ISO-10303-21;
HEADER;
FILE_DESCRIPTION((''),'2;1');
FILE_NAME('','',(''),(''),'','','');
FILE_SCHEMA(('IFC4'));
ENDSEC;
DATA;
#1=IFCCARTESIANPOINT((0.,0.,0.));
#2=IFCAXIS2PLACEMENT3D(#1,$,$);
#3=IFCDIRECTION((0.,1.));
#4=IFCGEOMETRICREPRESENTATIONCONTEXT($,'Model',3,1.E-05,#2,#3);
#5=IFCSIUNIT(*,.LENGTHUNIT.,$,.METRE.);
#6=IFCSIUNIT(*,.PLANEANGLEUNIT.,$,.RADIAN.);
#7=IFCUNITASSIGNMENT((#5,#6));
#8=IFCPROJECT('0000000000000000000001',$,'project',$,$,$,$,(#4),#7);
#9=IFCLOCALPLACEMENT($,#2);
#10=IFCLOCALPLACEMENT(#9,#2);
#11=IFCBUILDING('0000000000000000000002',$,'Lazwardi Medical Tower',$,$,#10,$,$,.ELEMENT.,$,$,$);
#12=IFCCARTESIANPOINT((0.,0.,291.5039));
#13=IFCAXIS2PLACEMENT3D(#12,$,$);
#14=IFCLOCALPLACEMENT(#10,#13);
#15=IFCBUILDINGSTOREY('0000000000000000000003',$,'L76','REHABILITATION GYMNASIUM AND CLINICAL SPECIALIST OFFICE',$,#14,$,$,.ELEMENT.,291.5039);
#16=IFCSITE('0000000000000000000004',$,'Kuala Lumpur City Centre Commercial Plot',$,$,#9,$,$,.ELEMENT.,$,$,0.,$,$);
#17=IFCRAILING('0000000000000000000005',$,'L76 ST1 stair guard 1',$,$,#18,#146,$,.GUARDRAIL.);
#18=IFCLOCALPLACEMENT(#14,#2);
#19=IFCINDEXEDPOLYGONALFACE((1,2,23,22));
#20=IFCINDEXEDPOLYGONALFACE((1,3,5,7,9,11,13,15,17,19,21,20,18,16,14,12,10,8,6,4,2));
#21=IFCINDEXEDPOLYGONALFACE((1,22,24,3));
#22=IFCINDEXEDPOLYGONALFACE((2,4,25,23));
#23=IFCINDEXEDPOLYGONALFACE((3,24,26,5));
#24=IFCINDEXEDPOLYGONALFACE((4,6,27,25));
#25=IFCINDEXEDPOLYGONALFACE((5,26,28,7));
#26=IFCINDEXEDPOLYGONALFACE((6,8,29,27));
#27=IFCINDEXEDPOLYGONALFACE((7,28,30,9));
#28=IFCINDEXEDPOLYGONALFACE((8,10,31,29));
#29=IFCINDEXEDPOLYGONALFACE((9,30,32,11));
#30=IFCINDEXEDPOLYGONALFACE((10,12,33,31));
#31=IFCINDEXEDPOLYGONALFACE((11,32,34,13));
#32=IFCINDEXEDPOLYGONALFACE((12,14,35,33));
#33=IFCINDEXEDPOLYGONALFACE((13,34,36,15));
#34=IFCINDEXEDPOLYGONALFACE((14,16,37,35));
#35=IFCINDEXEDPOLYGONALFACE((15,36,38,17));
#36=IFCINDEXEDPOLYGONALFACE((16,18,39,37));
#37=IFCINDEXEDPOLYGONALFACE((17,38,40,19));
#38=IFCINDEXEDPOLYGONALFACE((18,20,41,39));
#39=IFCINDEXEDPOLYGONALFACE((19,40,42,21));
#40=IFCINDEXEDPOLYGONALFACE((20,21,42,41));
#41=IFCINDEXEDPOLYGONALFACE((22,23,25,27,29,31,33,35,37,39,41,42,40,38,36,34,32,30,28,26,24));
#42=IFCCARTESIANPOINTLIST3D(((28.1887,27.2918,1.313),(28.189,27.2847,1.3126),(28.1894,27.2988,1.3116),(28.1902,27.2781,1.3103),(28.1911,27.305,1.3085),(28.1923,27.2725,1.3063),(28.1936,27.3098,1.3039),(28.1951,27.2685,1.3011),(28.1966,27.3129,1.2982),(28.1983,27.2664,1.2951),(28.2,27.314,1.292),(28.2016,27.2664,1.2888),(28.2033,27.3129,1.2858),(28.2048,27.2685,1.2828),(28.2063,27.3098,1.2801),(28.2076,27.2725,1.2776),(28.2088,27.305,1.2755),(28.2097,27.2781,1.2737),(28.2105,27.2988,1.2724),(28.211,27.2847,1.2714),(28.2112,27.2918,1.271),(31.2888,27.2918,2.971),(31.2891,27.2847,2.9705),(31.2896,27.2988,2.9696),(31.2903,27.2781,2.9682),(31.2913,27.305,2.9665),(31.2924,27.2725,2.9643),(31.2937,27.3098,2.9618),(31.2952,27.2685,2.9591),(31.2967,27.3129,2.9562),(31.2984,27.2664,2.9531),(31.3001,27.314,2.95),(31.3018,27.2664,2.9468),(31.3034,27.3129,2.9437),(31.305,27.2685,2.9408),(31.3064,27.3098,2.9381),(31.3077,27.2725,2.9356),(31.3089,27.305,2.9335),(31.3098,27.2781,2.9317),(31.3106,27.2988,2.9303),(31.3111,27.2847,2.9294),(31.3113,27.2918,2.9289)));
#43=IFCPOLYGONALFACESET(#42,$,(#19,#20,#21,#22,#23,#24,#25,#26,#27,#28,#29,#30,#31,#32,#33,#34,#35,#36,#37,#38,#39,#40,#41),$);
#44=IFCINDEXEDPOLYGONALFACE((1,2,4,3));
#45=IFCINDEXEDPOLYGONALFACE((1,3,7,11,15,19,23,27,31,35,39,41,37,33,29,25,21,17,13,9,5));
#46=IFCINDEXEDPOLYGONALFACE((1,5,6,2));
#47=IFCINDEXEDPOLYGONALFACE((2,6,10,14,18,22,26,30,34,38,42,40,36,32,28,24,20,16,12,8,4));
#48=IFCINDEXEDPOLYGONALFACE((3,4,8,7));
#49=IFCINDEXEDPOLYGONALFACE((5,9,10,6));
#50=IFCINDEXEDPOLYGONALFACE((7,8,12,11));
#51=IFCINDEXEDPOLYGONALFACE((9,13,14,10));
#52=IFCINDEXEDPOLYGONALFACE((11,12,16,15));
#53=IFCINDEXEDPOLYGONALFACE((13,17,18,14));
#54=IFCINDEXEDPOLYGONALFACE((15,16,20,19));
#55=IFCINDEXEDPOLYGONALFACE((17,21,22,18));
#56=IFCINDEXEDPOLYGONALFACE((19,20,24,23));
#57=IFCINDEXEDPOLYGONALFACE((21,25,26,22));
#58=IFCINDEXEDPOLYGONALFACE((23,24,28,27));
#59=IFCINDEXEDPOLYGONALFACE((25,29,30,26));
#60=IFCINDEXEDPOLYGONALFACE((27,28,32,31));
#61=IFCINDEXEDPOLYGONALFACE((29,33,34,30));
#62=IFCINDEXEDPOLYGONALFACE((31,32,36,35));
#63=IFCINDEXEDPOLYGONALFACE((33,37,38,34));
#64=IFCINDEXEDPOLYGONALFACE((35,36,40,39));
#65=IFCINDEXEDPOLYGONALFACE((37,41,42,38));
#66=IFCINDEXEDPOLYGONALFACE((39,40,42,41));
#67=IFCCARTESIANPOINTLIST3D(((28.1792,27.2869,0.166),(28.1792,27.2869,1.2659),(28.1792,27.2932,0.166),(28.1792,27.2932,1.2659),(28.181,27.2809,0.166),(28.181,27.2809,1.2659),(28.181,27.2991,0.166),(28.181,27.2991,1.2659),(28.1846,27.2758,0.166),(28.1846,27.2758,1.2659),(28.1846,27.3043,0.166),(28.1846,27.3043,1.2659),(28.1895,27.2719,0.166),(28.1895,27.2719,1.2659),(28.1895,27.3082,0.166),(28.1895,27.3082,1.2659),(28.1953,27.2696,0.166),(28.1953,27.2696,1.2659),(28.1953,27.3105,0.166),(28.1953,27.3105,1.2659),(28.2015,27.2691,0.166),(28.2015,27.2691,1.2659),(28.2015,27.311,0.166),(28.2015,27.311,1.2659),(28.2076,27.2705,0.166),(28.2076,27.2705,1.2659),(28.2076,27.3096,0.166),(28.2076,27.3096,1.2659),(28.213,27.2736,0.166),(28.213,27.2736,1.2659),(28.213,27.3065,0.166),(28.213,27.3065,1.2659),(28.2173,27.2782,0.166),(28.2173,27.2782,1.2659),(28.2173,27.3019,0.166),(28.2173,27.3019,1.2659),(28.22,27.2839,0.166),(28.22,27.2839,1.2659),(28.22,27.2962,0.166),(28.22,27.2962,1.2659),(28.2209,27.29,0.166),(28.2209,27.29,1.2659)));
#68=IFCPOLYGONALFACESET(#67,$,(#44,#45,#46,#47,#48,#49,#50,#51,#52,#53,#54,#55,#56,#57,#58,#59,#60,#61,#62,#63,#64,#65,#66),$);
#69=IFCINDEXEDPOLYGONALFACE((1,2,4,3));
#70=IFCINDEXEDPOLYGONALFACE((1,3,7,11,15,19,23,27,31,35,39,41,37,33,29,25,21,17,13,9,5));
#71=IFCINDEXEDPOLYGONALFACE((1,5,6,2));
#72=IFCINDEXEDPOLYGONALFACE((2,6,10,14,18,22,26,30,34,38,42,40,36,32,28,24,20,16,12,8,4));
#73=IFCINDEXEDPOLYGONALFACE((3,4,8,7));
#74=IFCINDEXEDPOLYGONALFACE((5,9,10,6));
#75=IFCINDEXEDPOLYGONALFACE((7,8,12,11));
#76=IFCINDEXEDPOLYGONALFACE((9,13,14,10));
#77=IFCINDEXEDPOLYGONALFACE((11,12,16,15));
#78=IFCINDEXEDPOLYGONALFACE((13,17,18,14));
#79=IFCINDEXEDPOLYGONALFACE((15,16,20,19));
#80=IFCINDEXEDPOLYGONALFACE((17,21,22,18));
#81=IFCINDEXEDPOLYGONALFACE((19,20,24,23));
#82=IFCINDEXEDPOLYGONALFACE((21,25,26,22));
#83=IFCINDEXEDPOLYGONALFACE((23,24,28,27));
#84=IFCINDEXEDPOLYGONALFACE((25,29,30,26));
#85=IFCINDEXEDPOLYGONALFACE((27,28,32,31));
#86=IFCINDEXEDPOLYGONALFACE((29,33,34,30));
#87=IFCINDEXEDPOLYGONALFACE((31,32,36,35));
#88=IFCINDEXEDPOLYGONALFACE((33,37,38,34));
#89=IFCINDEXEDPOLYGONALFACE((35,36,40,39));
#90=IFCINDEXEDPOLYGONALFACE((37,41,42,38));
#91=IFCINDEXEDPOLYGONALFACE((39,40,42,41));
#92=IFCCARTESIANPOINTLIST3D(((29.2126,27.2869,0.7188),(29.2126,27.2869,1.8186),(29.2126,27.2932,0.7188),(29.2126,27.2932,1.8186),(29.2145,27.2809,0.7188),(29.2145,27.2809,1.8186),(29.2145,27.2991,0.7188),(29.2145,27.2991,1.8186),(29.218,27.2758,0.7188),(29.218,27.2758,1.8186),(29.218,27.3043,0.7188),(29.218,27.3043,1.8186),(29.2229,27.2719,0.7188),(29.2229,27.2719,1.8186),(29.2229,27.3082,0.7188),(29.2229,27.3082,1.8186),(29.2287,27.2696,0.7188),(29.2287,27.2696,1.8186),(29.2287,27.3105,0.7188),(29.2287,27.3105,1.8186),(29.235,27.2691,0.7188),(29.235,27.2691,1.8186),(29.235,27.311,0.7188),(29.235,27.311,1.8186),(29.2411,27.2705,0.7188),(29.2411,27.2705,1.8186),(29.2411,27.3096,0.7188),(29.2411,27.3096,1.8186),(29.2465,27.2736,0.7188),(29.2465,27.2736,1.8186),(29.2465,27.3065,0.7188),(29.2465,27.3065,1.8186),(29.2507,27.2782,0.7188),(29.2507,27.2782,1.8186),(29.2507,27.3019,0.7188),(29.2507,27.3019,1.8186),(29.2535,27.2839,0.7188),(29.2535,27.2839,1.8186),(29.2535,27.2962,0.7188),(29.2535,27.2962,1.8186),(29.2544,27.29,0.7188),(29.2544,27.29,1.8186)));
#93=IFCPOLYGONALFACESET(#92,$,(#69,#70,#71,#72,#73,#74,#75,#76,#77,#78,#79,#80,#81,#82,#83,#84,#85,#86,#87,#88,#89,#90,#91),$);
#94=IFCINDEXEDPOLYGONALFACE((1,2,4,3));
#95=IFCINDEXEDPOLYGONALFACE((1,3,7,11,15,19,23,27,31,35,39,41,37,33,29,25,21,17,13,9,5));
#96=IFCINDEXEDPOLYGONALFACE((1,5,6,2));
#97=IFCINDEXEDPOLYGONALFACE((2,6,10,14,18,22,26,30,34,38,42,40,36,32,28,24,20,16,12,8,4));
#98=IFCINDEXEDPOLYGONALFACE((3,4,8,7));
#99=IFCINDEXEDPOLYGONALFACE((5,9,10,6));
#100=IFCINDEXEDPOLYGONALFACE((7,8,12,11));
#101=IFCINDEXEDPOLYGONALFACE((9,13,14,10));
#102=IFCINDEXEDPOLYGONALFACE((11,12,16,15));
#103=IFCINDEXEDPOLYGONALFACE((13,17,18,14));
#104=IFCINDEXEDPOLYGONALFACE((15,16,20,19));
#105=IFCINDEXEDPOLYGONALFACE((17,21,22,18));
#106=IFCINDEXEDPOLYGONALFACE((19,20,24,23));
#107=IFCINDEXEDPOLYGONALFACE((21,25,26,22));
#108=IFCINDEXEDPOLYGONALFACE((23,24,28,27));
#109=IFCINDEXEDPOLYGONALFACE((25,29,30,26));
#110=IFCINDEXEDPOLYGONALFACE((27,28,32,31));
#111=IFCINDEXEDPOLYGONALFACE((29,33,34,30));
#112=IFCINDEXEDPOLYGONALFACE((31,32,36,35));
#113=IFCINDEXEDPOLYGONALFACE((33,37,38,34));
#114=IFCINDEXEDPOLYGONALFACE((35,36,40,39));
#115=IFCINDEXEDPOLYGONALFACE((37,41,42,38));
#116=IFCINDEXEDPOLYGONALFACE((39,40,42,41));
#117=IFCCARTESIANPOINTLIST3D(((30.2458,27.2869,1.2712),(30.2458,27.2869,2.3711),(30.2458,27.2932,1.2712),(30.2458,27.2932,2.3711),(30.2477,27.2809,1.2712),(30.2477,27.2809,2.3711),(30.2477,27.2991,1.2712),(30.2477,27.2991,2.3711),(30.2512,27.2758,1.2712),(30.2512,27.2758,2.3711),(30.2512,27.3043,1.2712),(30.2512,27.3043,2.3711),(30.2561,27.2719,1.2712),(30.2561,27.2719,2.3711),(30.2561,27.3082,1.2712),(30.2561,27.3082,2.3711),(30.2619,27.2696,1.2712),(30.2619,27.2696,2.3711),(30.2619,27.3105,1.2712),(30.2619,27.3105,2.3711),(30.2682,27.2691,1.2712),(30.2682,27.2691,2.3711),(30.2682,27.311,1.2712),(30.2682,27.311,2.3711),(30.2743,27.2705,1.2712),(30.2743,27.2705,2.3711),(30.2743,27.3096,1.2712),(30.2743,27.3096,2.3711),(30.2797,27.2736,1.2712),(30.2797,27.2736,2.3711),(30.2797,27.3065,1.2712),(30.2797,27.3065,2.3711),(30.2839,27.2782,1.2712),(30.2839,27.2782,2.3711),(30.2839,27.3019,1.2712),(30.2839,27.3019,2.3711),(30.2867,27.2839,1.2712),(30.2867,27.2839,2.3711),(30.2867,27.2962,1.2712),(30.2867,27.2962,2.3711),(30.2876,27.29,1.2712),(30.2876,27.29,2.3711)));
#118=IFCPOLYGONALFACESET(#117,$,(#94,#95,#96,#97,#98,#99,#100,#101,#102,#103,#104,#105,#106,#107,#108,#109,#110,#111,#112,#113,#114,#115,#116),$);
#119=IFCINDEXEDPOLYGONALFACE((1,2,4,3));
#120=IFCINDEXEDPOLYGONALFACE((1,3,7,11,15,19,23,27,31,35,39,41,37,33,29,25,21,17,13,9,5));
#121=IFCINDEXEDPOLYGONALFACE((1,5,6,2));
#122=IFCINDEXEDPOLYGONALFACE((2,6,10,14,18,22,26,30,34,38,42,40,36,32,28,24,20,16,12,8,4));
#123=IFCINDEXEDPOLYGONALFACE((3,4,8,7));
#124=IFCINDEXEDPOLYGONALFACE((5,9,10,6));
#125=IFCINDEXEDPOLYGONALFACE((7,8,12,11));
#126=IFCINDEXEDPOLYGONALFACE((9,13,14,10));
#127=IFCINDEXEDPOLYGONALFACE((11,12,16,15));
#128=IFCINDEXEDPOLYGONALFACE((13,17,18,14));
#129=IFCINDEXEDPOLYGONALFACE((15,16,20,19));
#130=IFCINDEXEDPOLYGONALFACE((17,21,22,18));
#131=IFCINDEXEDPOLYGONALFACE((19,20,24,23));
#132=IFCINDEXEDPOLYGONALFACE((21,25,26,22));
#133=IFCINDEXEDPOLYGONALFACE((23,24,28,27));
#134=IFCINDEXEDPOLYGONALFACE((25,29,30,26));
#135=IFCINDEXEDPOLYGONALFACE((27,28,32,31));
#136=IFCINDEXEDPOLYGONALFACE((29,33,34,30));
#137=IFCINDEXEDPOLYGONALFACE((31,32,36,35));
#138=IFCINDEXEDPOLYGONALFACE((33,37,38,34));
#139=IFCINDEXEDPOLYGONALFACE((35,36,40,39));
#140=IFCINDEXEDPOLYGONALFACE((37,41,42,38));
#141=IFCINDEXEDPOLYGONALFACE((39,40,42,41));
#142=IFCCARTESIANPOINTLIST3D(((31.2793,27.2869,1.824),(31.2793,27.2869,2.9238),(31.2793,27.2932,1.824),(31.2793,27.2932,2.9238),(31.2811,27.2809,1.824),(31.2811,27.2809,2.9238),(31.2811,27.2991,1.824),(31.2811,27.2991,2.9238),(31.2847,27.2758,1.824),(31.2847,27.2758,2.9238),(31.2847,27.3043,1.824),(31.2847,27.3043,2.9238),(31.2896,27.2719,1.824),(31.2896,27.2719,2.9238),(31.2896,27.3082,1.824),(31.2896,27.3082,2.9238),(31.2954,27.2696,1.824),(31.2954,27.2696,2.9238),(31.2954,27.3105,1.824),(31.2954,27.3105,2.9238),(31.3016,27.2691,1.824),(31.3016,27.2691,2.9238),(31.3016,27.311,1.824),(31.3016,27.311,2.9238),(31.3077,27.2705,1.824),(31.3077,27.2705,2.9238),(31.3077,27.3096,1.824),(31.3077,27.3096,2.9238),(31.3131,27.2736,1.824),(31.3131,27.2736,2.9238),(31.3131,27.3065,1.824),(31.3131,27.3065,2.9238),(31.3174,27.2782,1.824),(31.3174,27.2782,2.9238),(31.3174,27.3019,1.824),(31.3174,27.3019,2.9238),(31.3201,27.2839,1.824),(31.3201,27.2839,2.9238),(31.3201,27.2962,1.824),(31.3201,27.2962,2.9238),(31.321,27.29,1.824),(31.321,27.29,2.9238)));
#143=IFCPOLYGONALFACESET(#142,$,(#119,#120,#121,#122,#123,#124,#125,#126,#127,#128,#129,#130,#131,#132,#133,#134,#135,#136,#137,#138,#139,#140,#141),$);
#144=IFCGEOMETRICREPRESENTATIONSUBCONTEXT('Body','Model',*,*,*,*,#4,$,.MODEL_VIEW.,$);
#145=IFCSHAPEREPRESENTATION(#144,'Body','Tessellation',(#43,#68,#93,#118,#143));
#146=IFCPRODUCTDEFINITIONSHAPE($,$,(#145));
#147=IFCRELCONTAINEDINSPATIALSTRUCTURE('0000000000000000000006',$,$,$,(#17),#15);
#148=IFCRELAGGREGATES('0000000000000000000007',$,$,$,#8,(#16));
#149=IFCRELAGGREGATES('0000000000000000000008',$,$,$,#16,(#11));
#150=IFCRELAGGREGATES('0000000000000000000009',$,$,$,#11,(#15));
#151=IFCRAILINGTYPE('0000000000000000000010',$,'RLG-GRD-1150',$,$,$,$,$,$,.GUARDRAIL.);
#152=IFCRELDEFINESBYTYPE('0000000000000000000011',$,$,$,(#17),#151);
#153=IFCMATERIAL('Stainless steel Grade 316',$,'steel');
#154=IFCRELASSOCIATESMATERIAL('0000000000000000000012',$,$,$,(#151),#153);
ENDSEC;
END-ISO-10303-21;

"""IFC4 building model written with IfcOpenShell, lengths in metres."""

from ifc_helpers import new_model, si_unit, direction, frame, origin, origin_2d, place, context, subcontext, project, spatial, circle, extrude, material, type_object, element, save


model = new_model("IFC4")

# Units and contexts
model_context = context("Model", 3, precision=1e-05, world=origin(), true_north=direction((0.0, 1.0)))
body_context = subcontext(model_context, "Body", "Model", "MODEL_VIEW")
ifc_project = project(units=[si_unit("LENGTHUNIT", "METRE"), si_unit("PLANEANGLEUNIT", "RADIAN")], contexts=[model_context])

# Site, building, storey
site_placement = place(None, origin())
site = spatial("IfcSite", under=ifc_project, at=site_placement, Name="Kuala Lumpur City Centre Commercial Plot", CompositionType="ELEMENT", RefElevation=0.0)
building_placement = place(site_placement, origin())
building = spatial("IfcBuilding", under=site, at=building_placement, Name="Lazwardi Medical Tower", CompositionType="ELEMENT")
storey_placement = place(building_placement, frame((0.0, 0.0, 291.5039)))
storey = spatial("IfcBuildingStorey", under=building, at=storey_placement, Name="L76", Description="REHABILITATION GYMNASIUM AND CLINICAL SPECIALIST OFFICE", CompositionType="ELEMENT", Elevation=291.5039)

# Railing
ifc_material_1 = material(Name="Stainless steel Grade 316", Category="steel")
railing_type_1 = type_object("IfcRailingType", Name="RLG-GRD-1150", PredefinedType="GUARDRAIL", material=ifc_material_1)
railing_1_placement = place(storey_placement, frame((28.2, 27.29, 0.166)))
element("IfcRailing", 1, at=railing_1_placement, inside=storey, type_object=railing_type_1, Name="L76 ST1 stair guard 1", PredefinedType="GUARDRAIL", context=body_context, shape_type="SweptSolid", body=[
    extrude(circle(Radius=0.0239, at=origin_2d()), frame((0.0, 0.0, 1.126), z_axis=(0.881812, 0.0, 0.471601), x_axis=(0.0, 1.0, 0.0)), (0.0, 0.0, 1.0), 3.5156),
    extrude(circle(Radius=0.021, at=origin_2d()), origin(), (0.0, 0.0, 1.0), 1.0999),
    extrude(circle(Radius=0.021, at=origin_2d()), frame((1.0334, 0.0, 0.5527)), (0.0, 0.0, 1.0), 1.0999),
    extrude(circle(Radius=0.021, at=origin_2d()), frame((2.0667, 0.0, 1.1052)), (0.0, 0.0, 1.0), 1.0999),
    extrude(circle(Radius=0.021, at=origin_2d()), frame((3.1001, 0.0, 1.658)), (0.0, 0.0, 1.0), 1.0999),
])

save(model, "model.ifc")
